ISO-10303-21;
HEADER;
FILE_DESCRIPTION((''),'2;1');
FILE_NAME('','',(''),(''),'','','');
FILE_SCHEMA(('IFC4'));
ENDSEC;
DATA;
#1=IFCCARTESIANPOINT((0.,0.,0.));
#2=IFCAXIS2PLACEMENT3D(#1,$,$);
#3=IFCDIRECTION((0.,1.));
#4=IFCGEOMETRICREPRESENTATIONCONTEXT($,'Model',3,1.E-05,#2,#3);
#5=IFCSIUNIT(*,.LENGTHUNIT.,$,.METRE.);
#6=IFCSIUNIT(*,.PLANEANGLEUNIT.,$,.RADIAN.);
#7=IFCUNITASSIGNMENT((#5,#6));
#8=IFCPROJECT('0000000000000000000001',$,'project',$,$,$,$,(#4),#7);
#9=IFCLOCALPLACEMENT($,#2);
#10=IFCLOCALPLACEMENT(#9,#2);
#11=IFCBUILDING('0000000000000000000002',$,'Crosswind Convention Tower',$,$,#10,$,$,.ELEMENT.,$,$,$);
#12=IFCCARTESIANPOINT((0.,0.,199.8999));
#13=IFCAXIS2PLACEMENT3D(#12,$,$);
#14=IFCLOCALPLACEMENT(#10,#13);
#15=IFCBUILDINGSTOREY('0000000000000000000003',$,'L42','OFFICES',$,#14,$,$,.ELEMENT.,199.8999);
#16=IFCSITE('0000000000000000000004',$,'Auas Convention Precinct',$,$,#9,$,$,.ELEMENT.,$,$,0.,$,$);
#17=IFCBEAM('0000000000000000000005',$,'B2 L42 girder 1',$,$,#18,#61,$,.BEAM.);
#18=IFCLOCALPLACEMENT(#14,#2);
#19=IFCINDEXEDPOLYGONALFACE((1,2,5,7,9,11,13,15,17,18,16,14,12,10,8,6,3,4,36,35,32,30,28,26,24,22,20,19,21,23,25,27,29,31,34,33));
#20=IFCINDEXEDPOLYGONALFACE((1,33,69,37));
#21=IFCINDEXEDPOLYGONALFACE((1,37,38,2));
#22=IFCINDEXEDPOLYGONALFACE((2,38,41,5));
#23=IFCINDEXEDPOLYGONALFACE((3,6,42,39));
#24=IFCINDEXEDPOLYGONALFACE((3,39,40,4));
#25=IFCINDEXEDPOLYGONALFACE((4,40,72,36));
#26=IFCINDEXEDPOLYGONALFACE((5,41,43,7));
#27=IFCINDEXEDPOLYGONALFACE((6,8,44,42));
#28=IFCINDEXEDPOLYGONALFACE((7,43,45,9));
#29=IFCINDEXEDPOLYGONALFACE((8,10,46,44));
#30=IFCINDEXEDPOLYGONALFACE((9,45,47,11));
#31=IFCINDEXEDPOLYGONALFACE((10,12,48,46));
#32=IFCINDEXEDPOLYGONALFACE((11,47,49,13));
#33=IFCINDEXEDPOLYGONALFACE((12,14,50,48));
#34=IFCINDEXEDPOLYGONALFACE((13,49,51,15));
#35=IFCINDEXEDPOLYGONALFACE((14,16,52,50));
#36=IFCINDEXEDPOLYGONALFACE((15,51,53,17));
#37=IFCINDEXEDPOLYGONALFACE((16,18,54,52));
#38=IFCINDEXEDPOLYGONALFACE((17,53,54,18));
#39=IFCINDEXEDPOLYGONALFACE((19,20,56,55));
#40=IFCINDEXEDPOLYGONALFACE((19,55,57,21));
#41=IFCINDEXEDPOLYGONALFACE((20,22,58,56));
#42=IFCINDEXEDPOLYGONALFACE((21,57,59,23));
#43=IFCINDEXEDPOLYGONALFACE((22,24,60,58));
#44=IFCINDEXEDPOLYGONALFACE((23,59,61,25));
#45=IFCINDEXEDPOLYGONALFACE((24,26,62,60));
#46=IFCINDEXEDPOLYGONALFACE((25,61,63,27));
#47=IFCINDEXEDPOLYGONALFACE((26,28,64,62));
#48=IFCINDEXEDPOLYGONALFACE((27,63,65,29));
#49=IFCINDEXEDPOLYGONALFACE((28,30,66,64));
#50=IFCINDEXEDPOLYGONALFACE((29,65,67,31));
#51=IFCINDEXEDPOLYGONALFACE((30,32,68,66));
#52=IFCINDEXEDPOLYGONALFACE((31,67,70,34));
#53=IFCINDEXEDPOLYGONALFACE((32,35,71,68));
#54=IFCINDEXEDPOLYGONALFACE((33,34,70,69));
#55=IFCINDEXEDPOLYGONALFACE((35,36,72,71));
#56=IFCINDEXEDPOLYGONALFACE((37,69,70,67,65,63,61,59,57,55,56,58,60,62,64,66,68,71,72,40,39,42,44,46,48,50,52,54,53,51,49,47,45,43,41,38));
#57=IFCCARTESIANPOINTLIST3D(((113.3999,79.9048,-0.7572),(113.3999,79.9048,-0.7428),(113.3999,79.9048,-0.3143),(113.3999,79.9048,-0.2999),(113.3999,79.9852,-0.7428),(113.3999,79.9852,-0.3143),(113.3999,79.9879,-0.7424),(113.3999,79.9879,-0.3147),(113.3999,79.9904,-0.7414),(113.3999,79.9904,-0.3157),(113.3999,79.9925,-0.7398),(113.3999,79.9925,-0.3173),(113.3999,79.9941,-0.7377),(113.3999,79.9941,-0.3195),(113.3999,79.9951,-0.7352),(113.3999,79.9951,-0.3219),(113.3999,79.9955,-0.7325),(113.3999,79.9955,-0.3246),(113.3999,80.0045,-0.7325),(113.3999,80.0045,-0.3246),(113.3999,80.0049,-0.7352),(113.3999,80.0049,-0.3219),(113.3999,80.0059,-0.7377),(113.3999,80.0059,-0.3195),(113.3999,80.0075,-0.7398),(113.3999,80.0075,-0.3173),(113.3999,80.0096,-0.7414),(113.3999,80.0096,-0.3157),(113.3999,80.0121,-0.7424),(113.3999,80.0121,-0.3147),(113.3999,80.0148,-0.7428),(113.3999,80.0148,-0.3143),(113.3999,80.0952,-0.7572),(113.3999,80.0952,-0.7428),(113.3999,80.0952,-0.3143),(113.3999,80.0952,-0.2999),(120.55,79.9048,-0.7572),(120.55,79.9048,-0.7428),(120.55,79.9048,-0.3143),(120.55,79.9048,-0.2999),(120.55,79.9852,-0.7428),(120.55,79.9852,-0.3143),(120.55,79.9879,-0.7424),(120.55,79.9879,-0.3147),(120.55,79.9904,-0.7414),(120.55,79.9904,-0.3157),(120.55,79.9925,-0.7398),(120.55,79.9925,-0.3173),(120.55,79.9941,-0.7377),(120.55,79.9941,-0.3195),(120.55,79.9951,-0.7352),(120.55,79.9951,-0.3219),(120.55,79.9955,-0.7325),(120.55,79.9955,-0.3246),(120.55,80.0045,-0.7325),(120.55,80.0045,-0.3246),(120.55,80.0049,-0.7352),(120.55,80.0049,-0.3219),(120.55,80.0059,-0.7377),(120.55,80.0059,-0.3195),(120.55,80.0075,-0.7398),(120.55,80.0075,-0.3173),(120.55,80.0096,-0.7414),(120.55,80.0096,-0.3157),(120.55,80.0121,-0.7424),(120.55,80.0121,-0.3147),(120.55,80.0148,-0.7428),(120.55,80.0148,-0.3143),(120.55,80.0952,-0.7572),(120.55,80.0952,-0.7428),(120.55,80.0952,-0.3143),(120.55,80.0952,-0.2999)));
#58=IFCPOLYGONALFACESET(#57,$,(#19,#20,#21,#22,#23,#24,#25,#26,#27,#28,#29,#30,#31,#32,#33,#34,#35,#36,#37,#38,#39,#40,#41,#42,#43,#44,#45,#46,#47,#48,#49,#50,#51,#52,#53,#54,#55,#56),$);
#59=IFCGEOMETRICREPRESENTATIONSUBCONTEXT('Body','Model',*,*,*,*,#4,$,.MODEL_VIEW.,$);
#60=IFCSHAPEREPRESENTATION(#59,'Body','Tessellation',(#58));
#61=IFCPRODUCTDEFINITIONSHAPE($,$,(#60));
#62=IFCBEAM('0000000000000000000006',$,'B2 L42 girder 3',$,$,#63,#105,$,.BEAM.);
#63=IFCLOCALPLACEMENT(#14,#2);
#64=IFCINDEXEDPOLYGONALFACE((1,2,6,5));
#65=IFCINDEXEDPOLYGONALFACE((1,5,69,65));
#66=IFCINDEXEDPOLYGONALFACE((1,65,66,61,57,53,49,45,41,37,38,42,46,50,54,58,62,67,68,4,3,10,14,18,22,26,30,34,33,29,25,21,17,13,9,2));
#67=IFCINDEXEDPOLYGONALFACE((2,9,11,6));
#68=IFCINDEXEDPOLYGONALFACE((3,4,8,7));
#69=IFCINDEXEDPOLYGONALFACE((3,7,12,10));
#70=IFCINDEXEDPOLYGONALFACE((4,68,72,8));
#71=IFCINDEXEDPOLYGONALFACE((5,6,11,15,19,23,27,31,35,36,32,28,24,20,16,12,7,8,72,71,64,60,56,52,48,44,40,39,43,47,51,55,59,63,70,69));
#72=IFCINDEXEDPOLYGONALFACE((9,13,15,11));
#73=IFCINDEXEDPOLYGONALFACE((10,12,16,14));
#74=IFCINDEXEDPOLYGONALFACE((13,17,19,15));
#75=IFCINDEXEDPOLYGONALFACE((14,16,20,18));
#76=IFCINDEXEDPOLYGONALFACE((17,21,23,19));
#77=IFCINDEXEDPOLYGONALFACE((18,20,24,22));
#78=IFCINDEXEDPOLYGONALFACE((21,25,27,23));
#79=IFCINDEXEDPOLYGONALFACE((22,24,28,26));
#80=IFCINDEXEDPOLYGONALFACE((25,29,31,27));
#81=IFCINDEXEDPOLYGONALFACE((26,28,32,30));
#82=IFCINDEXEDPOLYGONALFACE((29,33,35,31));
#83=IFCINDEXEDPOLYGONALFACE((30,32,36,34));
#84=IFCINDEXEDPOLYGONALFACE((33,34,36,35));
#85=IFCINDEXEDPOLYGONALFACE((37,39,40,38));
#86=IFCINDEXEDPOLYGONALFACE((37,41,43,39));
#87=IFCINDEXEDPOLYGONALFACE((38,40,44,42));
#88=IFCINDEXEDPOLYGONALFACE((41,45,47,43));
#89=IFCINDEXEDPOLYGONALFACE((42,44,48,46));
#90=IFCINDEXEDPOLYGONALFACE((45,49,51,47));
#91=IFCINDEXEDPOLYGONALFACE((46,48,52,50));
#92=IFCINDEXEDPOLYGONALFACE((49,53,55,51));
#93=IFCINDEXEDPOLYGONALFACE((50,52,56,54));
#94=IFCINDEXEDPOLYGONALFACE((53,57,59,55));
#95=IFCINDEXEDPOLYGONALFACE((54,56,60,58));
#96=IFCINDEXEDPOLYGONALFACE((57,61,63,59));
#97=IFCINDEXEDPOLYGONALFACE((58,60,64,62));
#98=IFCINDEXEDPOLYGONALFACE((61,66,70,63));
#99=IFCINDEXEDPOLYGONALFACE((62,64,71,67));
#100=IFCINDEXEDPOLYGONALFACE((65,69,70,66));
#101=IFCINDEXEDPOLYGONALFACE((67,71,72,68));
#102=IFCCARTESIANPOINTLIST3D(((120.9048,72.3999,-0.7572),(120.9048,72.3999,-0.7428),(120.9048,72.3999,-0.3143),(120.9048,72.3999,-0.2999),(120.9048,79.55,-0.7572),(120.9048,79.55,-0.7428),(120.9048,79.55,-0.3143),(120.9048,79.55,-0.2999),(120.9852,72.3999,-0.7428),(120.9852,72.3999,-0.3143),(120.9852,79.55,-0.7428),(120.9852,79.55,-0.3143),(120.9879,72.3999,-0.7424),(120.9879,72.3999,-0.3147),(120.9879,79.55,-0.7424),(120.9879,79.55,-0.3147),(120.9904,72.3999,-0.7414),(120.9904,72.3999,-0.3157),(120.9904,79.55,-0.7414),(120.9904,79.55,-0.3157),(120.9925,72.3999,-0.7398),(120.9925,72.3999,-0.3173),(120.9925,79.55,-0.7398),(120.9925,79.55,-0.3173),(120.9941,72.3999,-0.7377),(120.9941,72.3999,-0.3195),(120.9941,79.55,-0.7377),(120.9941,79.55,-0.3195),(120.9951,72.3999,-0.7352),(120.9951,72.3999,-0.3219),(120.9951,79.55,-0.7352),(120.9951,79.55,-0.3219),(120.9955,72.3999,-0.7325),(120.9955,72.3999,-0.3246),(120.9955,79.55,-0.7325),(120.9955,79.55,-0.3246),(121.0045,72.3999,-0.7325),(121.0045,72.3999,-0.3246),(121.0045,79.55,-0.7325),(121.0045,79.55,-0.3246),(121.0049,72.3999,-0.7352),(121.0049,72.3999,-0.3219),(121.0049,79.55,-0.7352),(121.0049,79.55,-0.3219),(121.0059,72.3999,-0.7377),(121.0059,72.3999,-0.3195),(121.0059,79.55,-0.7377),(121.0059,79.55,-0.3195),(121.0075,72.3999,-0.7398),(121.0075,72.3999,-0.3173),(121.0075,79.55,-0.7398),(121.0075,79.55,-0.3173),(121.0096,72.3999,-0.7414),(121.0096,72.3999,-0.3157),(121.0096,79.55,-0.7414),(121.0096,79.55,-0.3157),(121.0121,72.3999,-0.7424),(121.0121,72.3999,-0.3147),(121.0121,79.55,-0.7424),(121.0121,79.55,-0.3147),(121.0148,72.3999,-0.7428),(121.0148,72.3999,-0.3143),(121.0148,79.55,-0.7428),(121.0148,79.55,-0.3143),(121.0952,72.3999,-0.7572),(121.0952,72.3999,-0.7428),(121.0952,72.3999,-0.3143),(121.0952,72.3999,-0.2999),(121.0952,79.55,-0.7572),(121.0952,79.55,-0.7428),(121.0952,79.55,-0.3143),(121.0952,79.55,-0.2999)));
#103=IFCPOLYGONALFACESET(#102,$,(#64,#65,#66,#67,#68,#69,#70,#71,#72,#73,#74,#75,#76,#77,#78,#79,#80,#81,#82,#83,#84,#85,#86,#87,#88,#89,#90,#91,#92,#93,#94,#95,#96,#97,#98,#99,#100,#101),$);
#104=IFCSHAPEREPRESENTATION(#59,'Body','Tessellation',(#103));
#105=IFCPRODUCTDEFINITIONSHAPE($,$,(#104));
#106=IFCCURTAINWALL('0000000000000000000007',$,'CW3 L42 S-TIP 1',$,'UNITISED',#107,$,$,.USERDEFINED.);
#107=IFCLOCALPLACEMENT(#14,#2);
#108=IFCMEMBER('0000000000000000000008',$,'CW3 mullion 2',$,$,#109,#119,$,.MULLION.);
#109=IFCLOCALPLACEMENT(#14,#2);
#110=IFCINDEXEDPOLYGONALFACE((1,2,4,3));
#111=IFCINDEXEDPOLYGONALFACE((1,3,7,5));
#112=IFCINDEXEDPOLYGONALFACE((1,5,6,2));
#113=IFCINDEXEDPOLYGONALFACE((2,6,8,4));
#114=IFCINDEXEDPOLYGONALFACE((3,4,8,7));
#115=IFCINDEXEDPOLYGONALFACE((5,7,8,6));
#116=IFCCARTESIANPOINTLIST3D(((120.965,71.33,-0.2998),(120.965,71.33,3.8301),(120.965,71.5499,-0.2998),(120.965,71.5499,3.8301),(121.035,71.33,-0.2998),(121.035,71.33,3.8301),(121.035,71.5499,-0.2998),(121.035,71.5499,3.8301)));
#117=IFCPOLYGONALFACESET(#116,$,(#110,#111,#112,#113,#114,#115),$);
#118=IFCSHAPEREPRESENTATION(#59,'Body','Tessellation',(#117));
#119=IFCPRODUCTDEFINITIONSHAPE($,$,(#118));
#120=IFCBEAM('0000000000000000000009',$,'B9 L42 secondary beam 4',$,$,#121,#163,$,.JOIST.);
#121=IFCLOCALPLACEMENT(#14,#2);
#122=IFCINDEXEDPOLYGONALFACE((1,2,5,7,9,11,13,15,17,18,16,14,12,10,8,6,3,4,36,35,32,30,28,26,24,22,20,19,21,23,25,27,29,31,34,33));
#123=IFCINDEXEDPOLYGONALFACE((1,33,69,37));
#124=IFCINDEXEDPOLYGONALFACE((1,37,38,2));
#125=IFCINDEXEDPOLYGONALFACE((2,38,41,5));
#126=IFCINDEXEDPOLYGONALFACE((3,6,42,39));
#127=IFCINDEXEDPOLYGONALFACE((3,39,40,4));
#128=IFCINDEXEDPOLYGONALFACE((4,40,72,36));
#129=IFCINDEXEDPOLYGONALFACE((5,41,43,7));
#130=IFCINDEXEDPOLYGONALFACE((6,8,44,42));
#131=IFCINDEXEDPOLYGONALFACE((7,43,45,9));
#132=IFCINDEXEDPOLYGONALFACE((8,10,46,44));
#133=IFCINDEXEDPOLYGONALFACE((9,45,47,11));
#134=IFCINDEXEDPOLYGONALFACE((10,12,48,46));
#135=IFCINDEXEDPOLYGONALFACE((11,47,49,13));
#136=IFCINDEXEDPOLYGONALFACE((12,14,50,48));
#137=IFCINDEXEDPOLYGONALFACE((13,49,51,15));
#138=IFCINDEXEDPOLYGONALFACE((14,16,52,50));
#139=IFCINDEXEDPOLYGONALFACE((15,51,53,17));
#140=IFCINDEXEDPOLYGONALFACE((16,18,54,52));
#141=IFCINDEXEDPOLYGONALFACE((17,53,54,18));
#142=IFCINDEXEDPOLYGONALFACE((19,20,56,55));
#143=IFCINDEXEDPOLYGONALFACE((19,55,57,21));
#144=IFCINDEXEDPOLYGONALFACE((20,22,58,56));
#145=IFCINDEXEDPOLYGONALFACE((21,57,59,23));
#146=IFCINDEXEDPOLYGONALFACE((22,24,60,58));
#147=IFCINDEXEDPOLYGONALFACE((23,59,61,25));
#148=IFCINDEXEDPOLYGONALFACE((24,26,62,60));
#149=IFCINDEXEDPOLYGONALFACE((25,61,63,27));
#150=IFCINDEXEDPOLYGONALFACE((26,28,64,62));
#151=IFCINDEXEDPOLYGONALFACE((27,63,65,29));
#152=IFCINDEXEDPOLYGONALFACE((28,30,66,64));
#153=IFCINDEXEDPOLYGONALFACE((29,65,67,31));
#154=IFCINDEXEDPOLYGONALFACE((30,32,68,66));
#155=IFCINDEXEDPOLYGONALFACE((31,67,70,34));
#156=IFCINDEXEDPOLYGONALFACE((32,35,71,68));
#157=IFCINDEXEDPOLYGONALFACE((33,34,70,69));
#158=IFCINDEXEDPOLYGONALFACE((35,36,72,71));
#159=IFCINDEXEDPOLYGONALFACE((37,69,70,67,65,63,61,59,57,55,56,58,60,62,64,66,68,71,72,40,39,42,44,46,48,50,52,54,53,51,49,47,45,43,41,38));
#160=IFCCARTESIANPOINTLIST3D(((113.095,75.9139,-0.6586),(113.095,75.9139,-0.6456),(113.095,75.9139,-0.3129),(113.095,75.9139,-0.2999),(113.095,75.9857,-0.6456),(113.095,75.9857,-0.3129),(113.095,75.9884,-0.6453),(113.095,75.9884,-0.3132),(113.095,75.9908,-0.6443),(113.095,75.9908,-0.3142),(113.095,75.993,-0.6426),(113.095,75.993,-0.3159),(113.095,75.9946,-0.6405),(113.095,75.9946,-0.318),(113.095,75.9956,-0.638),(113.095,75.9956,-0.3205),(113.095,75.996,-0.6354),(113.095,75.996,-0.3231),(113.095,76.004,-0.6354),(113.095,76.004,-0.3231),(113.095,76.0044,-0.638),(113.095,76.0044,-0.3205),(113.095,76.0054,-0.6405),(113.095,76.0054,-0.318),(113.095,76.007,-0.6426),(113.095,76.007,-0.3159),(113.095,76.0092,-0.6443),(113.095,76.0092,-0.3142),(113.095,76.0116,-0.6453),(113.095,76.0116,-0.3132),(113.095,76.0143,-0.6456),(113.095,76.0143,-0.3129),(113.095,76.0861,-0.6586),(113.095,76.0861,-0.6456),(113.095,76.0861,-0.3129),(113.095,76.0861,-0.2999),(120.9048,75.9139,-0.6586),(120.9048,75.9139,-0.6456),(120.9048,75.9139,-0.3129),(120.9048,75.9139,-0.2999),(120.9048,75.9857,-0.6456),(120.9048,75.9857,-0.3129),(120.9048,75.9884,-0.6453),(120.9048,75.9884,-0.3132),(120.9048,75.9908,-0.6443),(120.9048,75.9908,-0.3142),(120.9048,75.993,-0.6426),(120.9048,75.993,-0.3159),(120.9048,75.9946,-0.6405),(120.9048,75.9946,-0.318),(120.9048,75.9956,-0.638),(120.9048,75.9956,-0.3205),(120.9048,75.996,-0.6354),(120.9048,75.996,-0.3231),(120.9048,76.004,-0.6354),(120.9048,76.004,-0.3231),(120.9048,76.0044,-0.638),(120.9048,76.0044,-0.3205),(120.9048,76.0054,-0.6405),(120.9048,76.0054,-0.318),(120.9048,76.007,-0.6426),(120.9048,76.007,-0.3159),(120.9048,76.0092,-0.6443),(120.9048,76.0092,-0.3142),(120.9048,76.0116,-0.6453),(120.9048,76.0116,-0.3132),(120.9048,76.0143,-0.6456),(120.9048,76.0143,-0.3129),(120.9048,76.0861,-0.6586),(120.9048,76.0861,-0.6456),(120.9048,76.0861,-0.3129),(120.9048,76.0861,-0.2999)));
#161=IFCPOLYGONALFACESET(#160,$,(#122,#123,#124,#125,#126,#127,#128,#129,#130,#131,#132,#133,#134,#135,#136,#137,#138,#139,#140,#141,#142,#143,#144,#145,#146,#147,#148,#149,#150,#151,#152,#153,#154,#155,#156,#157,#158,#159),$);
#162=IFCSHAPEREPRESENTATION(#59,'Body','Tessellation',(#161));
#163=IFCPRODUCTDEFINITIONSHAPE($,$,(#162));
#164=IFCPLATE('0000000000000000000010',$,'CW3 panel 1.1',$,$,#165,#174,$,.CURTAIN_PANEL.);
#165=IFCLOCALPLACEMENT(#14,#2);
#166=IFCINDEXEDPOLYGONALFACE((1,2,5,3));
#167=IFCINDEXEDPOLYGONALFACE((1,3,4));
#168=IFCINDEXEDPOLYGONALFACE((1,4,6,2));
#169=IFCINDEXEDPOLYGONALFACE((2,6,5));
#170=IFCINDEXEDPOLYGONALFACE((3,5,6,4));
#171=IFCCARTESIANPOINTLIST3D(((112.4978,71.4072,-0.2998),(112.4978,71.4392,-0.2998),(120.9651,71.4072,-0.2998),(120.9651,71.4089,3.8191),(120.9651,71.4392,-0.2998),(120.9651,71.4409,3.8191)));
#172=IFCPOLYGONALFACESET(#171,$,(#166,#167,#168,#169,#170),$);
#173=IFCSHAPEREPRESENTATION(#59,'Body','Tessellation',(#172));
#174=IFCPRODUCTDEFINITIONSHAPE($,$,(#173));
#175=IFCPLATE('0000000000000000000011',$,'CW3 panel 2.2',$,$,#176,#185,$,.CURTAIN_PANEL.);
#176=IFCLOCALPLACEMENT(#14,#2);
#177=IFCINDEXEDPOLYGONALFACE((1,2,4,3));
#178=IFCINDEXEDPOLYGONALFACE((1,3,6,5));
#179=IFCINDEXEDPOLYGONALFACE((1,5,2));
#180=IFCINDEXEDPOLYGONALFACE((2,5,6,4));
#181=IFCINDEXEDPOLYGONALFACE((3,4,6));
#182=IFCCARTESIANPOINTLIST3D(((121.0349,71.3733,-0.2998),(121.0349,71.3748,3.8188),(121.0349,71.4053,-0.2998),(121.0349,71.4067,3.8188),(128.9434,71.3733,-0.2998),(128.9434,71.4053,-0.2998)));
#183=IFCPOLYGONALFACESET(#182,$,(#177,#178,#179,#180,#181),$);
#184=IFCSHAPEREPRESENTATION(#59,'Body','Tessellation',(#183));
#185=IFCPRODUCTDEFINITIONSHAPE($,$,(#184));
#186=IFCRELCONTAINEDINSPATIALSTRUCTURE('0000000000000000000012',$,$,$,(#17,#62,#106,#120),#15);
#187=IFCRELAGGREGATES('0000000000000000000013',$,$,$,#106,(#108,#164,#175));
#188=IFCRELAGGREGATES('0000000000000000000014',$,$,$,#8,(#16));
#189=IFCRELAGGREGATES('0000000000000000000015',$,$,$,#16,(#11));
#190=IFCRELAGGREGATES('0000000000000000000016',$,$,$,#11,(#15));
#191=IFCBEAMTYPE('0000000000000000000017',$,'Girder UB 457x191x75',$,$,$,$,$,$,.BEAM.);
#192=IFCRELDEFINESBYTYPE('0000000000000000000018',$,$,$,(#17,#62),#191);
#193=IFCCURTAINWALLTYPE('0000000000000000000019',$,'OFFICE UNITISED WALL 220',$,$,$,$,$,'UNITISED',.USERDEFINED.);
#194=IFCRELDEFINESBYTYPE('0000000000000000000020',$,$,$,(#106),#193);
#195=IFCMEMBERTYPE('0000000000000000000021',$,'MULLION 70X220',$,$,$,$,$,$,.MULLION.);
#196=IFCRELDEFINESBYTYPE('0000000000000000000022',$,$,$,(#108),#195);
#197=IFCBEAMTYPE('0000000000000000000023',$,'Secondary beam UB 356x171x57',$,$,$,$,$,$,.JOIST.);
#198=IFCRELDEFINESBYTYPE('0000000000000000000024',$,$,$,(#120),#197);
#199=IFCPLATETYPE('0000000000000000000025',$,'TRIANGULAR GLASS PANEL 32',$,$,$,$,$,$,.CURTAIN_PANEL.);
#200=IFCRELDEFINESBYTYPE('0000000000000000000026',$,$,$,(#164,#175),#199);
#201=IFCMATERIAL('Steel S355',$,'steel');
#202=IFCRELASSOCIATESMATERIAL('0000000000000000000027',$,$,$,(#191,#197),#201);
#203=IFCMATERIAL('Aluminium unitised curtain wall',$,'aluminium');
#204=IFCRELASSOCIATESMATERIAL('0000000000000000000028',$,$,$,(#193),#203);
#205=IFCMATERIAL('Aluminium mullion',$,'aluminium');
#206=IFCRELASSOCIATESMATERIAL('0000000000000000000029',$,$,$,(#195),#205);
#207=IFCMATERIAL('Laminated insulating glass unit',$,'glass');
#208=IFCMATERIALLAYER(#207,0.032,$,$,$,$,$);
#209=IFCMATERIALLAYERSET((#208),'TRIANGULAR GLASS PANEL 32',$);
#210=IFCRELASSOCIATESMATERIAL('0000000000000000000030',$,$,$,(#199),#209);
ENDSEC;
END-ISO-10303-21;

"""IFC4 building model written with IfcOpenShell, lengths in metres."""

from ifc_helpers import new_model, si_unit, direction, frame, origin, origin_2d, place, context, subcontext, project, spatial, polyline, rectangle, i_section, outline, extrude, material, layer, layer_set, material_profile, profile_set, type_object, element, aggregate, save


model = new_model("IFC4")

# Units and contexts
model_context = context("Model", 3, precision=1e-05, world=origin(), true_north=direction((0.0, 1.0)))
body_context = subcontext(model_context, "Body", "Model", "MODEL_VIEW")
ifc_project = project(units=[si_unit("LENGTHUNIT", "METRE"), si_unit("PLANEANGLEUNIT", "RADIAN")], contexts=[model_context])

# Site, building, storey
site_placement = place(None, origin())
site = spatial("IfcSite", under=ifc_project, at=site_placement, Name="Auas Convention Precinct", CompositionType="ELEMENT", RefElevation=0.0)
building_placement = place(site_placement, origin())
building = spatial("IfcBuilding", under=site, at=building_placement, Name="Crosswind Convention Tower", CompositionType="ELEMENT")
storey_placement = place(building_placement, frame((0.0, 0.0, 199.8999)))
storey = spatial("IfcBuildingStorey", under=building, at=storey_placement, Name="L42", Description="OFFICES", CompositionType="ELEMENT", Elevation=199.8999)

# Beams
ifc_material_1 = material(Name="Steel S355", Category="steel")
ifc_material_profile_1 = material_profile(ifc_material_1, i_section(OverallWidth=0.1904, OverallDepth=0.4573, WebThickness=0.009, FlangeThickness=0.0144, FilletRadius=0.0103, at=origin_2d()), Name="UB 457x191x75")
ifc_profile_set_1 = profile_set([ifc_material_profile_1], Name="Steel S355")
beam_type_1 = type_object("IfcBeamType", Name="Girder UB 457x191x75", PredefinedType="BEAM", material=ifc_profile_set_1)
for number, where, z_axis, x_axis, name in (
    (1, (113.3999, 80.0, -0.5286), (1.0, 0.0, 0.0), (0.0, 1.0, 0.0), "B2 L42 girder 1"),
    (2, (121.0, 72.3999, -0.5286), (0.0, 1.0, 0.0), (-1.0, 0.0, 0.0), "B2 L42 girder 3"),
):
    element("IfcBeam", number, at=place(storey_placement, frame(where, z_axis=z_axis, x_axis=x_axis)), inside=storey, type_object=beam_type_1, Name=name, PredefinedType="BEAM", context=body_context, shape_type="SweptSolid", body=[
        extrude(i_section(OverallWidth=0.1904, OverallDepth=0.4573, WebThickness=0.009, FlangeThickness=0.0144, FilletRadius=0.0103, at=origin_2d()), origin(), (0.0, 0.0, 1.0), 7.1501),
    ])

# Curtain wall, member
ifc_material_2 = material(Name="Aluminium unitised curtain wall", Category="aluminium")
curtain_wall_type = type_object("IfcCurtainWallType", Name="OFFICE UNITISED WALL 220", ElementType="UNITISED", PredefinedType="USERDEFINED", material=ifc_material_2)
curtain_wall_placement = place(storey_placement, origin())
curtain_wall = element("IfcCurtainWall", 3, at=curtain_wall_placement, inside=storey, type_object=curtain_wall_type, Name="CW3 L42 S-TIP 1", ObjectType="UNITISED", PredefinedType="USERDEFINED")
ifc_material_3 = material(Name="Aluminium mullion", Category="aluminium")
ifc_material_profile_2 = material_profile(ifc_material_3, rectangle(XDim=0.22, YDim=0.0701, at=origin_2d()), Name="AL 220X70")
ifc_profile_set_2 = profile_set([ifc_material_profile_2], Name="Aluminium mullion")
member_type = type_object("IfcMemberType", Name="MULLION 70X220", PredefinedType="MULLION", material=ifc_profile_set_2)
member_placement = place(storey_placement, frame((121.0, 71.4399, -0.2998), z_axis=(0.0, 0.0, 1.0), x_axis=(0.0, -1.0, 0.0)))
member = element("IfcMember", 4, at=member_placement, type_object=member_type, Name="CW3 mullion 2", PredefinedType="MULLION", context=body_context, shape_type="SweptSolid", body=[
    extrude(rectangle(XDim=0.22, YDim=0.0701, at=origin_2d()), origin(), (0.0, 0.0, 1.0), 4.1299),
])

# Beam
ifc_material_profile_3 = material_profile(ifc_material_1, i_section(OverallWidth=0.1721, OverallDepth=0.3586, WebThickness=0.0081, FlangeThickness=0.0129, FilletRadius=0.0103, at=origin_2d()), Name="UB 356x171x57")
ifc_profile_set_3 = profile_set([ifc_material_profile_3], Name="Steel S355")
beam_type_2 = type_object("IfcBeamType", Name="Secondary beam UB 356x171x57", PredefinedType="JOIST", material=ifc_profile_set_3)
beam_placement = place(storey_placement, frame((113.095, 76.0, -0.4792), z_axis=(1.0, 0.0, 0.0), x_axis=(0.0, 1.0, 0.0)))
element("IfcBeam", 5, at=beam_placement, inside=storey, type_object=beam_type_2, Name="B9 L42 secondary beam 4", PredefinedType="JOIST", context=body_context, shape_type="SweptSolid", body=[
    extrude(i_section(OverallWidth=0.1721, OverallDepth=0.3586, WebThickness=0.0081, FlangeThickness=0.0129, FilletRadius=0.0103, at=origin_2d()), origin(), (0.0, 0.0, 1.0), 7.8098),
])

# Plates
ifc_material_4 = material(Name="Laminated insulating glass unit", Category="glass")
ifc_layer_1 = layer(ifc_material_4, 0.032)
ifc_layer_set_1 = layer_set([ifc_layer_1], Name="TRIANGULAR GLASS PANEL 32")
plate_type = type_object("IfcPlateType", Name="TRIANGULAR GLASS PANEL 32", PredefinedType="CURTAIN_PANEL", material=ifc_layer_set_1)
plate_1_placement = place(storey_placement, frame((120.9651, 71.4072, -0.2998), z_axis=(0.0, -1.0, 0.000415), x_axis=(0.0, 0.000415, 1.0)))
plate_1 = element("IfcPlate", 6, at=plate_1_placement, type_object=plate_type, Name="CW3 panel 1.1", PredefinedType="CURTAIN_PANEL", context=body_context, shape_type="SweptSolid", body=[
    extrude(outline(polyline([(0.0, 0.0), (4.1189, 0.0), (0.0, 8.4673), (0.0, 0.0)])), origin(), (0.0, 0.0, -1.0), 0.032),
])
plate_2_placement = place(storey_placement, frame((121.0349, 71.3733, -0.2998), z_axis=(0.0, -1.0, 0.000356), x_axis=(1.0, 0.0, 0.0)))
plate_2 = element("IfcPlate", 7, at=plate_2_placement, type_object=plate_type, Name="CW3 panel 2.2", PredefinedType="CURTAIN_PANEL", context=body_context, shape_type="SweptSolid", body=[
    extrude(outline(polyline([(0.0, 0.0), (7.9084, 0.0), (0.0, 4.1187), (0.0, 0.0)])), origin(), (0.0, 0.0, -1.0), 0.032),
])
aggregate(curtain_wall, [member, plate_1, plate_2])

save(model, "model.ifc")
